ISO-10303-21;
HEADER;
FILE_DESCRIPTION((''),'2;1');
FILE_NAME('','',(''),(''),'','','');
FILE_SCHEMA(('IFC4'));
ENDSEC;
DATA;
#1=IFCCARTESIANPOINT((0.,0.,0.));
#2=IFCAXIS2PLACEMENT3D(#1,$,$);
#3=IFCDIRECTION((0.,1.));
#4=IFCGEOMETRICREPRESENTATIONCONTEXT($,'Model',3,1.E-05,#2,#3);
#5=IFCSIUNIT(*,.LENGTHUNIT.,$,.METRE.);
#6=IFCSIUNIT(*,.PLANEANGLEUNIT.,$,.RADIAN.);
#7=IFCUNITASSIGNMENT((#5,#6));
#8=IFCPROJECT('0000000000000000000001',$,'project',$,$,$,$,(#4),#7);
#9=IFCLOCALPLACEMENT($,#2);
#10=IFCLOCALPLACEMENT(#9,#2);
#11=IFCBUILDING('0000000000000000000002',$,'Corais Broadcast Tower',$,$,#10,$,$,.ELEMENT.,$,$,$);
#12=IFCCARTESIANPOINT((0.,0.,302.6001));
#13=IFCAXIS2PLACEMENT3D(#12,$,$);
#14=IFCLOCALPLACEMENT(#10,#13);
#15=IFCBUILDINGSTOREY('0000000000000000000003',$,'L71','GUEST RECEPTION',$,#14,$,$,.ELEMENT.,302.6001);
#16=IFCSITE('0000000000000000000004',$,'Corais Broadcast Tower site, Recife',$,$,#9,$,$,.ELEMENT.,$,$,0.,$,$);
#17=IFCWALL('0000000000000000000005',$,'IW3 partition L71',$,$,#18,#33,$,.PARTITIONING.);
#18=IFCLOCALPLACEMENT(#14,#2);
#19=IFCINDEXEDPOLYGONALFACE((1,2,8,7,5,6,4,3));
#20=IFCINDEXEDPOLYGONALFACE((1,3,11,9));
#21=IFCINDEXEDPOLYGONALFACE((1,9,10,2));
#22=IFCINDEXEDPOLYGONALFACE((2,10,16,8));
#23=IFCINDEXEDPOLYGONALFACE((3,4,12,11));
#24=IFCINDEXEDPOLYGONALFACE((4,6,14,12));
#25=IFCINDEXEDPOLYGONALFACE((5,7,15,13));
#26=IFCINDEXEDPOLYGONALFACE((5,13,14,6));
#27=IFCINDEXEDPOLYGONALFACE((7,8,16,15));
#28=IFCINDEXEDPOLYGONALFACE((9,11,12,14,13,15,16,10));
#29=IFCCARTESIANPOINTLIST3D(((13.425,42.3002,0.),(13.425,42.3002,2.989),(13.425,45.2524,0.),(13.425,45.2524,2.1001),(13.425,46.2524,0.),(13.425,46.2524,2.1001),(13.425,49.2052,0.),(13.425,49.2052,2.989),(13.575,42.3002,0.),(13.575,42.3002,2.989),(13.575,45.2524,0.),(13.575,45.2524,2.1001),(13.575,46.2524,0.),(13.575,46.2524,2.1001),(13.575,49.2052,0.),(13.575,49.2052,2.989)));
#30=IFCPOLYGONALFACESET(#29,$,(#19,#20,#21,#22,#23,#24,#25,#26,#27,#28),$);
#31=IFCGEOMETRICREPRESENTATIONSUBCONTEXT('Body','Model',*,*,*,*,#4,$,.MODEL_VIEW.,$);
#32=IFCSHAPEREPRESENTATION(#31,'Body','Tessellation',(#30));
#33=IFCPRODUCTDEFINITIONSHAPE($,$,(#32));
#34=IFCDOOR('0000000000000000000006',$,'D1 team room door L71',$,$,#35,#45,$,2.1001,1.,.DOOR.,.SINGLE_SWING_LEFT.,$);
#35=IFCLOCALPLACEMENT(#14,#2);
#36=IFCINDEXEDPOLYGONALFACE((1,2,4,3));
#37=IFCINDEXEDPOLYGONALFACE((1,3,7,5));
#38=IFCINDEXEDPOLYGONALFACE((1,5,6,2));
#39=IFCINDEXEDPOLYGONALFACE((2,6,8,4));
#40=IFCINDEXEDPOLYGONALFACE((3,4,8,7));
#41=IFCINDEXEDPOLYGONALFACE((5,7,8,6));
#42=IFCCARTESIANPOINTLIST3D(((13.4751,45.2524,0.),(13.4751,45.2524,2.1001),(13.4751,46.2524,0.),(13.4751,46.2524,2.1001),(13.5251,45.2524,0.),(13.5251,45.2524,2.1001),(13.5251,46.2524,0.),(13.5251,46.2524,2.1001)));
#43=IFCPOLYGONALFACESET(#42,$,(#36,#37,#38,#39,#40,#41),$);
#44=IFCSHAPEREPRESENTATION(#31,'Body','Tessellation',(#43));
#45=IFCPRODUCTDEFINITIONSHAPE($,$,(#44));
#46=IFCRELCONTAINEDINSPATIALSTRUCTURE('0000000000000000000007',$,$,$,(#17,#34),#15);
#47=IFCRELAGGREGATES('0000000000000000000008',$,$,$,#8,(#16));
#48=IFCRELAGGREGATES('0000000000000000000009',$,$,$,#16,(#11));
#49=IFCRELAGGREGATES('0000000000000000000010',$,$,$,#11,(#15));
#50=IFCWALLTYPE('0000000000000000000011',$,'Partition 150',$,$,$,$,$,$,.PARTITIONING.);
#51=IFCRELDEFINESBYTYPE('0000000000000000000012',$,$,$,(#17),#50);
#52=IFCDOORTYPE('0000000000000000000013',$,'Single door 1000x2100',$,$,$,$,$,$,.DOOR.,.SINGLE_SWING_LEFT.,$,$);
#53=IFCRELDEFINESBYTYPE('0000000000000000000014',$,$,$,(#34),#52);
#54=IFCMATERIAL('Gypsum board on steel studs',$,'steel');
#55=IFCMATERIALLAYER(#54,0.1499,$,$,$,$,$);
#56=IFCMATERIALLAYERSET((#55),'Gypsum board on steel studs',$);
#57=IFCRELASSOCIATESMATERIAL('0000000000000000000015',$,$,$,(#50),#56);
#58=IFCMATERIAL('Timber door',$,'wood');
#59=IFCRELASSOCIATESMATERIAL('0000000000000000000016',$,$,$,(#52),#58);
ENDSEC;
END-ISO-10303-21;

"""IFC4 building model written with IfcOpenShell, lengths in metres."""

from ifc_helpers import new_model, si_unit, direction, frame, frame_2d, origin, place, context, subcontext, project, spatial, rectangle, extrude, material, layer, layer_set, type_object, element, fill, save


model = new_model("IFC4")

# Units and contexts
model_context = context("Model", 3, precision=1e-05, world=origin(), true_north=direction((0.0, 1.0)))
body_context = subcontext(model_context, "Body", "Model", "MODEL_VIEW")
ifc_project = project(units=[si_unit("LENGTHUNIT", "METRE"), si_unit("PLANEANGLEUNIT", "RADIAN")], contexts=[model_context])

# Site, building, storey
site_placement = place(None, origin())
site = spatial("IfcSite", under=ifc_project, at=site_placement, Name="Corais Broadcast Tower site, Recife", CompositionType="ELEMENT", RefElevation=0.0)
building_placement = place(site_placement, origin())
building = spatial("IfcBuilding", under=site, at=building_placement, Name="Corais Broadcast Tower", CompositionType="ELEMENT")
storey_placement = place(building_placement, frame((0.0, 0.0, 302.6001)))
storey = spatial("IfcBuildingStorey", under=building, at=storey_placement, Name="L71", Description="GUEST RECEPTION", CompositionType="ELEMENT", Elevation=302.6001)

# Shared definitions
ifc_material_1 = material(Name="Gypsum board on steel studs", Category="steel")
ifc_layer_1 = layer(ifc_material_1, 0.1499)
ifc_layer_set_1 = layer_set([ifc_layer_1], Name="Gypsum board on steel studs")
wall_type = type_object("IfcWallType", Name="Partition 150", PredefinedType="PARTITIONING", material=ifc_layer_set_1)

# Wall, opening, door
wall_1_placement = place(storey_placement, frame((13.5, 42.3, 0.0), z_axis=(0.0, 0.0, 1.0), x_axis=(0.0, 1.0, 0.0)))
wall_1 = element("IfcWall", 1, at=wall_1_placement, inside=storey, type_object=wall_type, Name="IW3 partition L71", PredefinedType="PARTITIONING", context=body_context, shape_type="SweptSolid", body=[
    extrude(rectangle(XDim=6.905, YDim=0.1499, at=frame_2d((3.4526, 0.0))), origin(), (0.0, 0.0, 1.0), 2.989),
])
opening_placement = place(wall_1_placement, frame((2.9524, 0.0, 0.0)))
opening = element("IfcOpeningElement", 2, at=opening_placement, cuts=wall_1, PredefinedType="OPENING", context=body_context, shape_type="SweptSolid", body=[
    extrude(rectangle(XDim=1.0, YDim=2.1001, at=frame_2d((0.5, 1.05))), frame((0.0, 0.085, 0.0), z_axis=(0.0, -1.0, 0.0), x_axis=(1.0, 0.0, 0.0)), (0.0, 0.0, 1.0), 0.1699),
])
ifc_material_2 = material(Name="Timber door", Category="wood")
door_type = type_object("IfcDoorType", Name="Single door 1000x2100", OperationType="SINGLE_SWING_LEFT", PredefinedType="DOOR", material=ifc_material_2)
door_placement = place(opening_placement, origin())
door = element("IfcDoor", 3, at=door_placement, inside=storey, type_object=door_type, Name="D1 team room door L71", OperationType="SINGLE_SWING_LEFT", OverallHeight=2.1001, OverallWidth=1.0, PredefinedType="DOOR", context=body_context, shape_type="SweptSolid", body=[
    extrude(rectangle(XDim=1.0, YDim=2.1001, at=frame_2d((0.5, 1.05))), frame((0.0, 0.0249, 0.0), z_axis=(0.0, -1.0, 0.0), x_axis=(1.0, 0.0, 0.0)), (0.0, 0.0, 1.0), 0.05),
])
fill(opening, door)

save(model, "model.ifc")
